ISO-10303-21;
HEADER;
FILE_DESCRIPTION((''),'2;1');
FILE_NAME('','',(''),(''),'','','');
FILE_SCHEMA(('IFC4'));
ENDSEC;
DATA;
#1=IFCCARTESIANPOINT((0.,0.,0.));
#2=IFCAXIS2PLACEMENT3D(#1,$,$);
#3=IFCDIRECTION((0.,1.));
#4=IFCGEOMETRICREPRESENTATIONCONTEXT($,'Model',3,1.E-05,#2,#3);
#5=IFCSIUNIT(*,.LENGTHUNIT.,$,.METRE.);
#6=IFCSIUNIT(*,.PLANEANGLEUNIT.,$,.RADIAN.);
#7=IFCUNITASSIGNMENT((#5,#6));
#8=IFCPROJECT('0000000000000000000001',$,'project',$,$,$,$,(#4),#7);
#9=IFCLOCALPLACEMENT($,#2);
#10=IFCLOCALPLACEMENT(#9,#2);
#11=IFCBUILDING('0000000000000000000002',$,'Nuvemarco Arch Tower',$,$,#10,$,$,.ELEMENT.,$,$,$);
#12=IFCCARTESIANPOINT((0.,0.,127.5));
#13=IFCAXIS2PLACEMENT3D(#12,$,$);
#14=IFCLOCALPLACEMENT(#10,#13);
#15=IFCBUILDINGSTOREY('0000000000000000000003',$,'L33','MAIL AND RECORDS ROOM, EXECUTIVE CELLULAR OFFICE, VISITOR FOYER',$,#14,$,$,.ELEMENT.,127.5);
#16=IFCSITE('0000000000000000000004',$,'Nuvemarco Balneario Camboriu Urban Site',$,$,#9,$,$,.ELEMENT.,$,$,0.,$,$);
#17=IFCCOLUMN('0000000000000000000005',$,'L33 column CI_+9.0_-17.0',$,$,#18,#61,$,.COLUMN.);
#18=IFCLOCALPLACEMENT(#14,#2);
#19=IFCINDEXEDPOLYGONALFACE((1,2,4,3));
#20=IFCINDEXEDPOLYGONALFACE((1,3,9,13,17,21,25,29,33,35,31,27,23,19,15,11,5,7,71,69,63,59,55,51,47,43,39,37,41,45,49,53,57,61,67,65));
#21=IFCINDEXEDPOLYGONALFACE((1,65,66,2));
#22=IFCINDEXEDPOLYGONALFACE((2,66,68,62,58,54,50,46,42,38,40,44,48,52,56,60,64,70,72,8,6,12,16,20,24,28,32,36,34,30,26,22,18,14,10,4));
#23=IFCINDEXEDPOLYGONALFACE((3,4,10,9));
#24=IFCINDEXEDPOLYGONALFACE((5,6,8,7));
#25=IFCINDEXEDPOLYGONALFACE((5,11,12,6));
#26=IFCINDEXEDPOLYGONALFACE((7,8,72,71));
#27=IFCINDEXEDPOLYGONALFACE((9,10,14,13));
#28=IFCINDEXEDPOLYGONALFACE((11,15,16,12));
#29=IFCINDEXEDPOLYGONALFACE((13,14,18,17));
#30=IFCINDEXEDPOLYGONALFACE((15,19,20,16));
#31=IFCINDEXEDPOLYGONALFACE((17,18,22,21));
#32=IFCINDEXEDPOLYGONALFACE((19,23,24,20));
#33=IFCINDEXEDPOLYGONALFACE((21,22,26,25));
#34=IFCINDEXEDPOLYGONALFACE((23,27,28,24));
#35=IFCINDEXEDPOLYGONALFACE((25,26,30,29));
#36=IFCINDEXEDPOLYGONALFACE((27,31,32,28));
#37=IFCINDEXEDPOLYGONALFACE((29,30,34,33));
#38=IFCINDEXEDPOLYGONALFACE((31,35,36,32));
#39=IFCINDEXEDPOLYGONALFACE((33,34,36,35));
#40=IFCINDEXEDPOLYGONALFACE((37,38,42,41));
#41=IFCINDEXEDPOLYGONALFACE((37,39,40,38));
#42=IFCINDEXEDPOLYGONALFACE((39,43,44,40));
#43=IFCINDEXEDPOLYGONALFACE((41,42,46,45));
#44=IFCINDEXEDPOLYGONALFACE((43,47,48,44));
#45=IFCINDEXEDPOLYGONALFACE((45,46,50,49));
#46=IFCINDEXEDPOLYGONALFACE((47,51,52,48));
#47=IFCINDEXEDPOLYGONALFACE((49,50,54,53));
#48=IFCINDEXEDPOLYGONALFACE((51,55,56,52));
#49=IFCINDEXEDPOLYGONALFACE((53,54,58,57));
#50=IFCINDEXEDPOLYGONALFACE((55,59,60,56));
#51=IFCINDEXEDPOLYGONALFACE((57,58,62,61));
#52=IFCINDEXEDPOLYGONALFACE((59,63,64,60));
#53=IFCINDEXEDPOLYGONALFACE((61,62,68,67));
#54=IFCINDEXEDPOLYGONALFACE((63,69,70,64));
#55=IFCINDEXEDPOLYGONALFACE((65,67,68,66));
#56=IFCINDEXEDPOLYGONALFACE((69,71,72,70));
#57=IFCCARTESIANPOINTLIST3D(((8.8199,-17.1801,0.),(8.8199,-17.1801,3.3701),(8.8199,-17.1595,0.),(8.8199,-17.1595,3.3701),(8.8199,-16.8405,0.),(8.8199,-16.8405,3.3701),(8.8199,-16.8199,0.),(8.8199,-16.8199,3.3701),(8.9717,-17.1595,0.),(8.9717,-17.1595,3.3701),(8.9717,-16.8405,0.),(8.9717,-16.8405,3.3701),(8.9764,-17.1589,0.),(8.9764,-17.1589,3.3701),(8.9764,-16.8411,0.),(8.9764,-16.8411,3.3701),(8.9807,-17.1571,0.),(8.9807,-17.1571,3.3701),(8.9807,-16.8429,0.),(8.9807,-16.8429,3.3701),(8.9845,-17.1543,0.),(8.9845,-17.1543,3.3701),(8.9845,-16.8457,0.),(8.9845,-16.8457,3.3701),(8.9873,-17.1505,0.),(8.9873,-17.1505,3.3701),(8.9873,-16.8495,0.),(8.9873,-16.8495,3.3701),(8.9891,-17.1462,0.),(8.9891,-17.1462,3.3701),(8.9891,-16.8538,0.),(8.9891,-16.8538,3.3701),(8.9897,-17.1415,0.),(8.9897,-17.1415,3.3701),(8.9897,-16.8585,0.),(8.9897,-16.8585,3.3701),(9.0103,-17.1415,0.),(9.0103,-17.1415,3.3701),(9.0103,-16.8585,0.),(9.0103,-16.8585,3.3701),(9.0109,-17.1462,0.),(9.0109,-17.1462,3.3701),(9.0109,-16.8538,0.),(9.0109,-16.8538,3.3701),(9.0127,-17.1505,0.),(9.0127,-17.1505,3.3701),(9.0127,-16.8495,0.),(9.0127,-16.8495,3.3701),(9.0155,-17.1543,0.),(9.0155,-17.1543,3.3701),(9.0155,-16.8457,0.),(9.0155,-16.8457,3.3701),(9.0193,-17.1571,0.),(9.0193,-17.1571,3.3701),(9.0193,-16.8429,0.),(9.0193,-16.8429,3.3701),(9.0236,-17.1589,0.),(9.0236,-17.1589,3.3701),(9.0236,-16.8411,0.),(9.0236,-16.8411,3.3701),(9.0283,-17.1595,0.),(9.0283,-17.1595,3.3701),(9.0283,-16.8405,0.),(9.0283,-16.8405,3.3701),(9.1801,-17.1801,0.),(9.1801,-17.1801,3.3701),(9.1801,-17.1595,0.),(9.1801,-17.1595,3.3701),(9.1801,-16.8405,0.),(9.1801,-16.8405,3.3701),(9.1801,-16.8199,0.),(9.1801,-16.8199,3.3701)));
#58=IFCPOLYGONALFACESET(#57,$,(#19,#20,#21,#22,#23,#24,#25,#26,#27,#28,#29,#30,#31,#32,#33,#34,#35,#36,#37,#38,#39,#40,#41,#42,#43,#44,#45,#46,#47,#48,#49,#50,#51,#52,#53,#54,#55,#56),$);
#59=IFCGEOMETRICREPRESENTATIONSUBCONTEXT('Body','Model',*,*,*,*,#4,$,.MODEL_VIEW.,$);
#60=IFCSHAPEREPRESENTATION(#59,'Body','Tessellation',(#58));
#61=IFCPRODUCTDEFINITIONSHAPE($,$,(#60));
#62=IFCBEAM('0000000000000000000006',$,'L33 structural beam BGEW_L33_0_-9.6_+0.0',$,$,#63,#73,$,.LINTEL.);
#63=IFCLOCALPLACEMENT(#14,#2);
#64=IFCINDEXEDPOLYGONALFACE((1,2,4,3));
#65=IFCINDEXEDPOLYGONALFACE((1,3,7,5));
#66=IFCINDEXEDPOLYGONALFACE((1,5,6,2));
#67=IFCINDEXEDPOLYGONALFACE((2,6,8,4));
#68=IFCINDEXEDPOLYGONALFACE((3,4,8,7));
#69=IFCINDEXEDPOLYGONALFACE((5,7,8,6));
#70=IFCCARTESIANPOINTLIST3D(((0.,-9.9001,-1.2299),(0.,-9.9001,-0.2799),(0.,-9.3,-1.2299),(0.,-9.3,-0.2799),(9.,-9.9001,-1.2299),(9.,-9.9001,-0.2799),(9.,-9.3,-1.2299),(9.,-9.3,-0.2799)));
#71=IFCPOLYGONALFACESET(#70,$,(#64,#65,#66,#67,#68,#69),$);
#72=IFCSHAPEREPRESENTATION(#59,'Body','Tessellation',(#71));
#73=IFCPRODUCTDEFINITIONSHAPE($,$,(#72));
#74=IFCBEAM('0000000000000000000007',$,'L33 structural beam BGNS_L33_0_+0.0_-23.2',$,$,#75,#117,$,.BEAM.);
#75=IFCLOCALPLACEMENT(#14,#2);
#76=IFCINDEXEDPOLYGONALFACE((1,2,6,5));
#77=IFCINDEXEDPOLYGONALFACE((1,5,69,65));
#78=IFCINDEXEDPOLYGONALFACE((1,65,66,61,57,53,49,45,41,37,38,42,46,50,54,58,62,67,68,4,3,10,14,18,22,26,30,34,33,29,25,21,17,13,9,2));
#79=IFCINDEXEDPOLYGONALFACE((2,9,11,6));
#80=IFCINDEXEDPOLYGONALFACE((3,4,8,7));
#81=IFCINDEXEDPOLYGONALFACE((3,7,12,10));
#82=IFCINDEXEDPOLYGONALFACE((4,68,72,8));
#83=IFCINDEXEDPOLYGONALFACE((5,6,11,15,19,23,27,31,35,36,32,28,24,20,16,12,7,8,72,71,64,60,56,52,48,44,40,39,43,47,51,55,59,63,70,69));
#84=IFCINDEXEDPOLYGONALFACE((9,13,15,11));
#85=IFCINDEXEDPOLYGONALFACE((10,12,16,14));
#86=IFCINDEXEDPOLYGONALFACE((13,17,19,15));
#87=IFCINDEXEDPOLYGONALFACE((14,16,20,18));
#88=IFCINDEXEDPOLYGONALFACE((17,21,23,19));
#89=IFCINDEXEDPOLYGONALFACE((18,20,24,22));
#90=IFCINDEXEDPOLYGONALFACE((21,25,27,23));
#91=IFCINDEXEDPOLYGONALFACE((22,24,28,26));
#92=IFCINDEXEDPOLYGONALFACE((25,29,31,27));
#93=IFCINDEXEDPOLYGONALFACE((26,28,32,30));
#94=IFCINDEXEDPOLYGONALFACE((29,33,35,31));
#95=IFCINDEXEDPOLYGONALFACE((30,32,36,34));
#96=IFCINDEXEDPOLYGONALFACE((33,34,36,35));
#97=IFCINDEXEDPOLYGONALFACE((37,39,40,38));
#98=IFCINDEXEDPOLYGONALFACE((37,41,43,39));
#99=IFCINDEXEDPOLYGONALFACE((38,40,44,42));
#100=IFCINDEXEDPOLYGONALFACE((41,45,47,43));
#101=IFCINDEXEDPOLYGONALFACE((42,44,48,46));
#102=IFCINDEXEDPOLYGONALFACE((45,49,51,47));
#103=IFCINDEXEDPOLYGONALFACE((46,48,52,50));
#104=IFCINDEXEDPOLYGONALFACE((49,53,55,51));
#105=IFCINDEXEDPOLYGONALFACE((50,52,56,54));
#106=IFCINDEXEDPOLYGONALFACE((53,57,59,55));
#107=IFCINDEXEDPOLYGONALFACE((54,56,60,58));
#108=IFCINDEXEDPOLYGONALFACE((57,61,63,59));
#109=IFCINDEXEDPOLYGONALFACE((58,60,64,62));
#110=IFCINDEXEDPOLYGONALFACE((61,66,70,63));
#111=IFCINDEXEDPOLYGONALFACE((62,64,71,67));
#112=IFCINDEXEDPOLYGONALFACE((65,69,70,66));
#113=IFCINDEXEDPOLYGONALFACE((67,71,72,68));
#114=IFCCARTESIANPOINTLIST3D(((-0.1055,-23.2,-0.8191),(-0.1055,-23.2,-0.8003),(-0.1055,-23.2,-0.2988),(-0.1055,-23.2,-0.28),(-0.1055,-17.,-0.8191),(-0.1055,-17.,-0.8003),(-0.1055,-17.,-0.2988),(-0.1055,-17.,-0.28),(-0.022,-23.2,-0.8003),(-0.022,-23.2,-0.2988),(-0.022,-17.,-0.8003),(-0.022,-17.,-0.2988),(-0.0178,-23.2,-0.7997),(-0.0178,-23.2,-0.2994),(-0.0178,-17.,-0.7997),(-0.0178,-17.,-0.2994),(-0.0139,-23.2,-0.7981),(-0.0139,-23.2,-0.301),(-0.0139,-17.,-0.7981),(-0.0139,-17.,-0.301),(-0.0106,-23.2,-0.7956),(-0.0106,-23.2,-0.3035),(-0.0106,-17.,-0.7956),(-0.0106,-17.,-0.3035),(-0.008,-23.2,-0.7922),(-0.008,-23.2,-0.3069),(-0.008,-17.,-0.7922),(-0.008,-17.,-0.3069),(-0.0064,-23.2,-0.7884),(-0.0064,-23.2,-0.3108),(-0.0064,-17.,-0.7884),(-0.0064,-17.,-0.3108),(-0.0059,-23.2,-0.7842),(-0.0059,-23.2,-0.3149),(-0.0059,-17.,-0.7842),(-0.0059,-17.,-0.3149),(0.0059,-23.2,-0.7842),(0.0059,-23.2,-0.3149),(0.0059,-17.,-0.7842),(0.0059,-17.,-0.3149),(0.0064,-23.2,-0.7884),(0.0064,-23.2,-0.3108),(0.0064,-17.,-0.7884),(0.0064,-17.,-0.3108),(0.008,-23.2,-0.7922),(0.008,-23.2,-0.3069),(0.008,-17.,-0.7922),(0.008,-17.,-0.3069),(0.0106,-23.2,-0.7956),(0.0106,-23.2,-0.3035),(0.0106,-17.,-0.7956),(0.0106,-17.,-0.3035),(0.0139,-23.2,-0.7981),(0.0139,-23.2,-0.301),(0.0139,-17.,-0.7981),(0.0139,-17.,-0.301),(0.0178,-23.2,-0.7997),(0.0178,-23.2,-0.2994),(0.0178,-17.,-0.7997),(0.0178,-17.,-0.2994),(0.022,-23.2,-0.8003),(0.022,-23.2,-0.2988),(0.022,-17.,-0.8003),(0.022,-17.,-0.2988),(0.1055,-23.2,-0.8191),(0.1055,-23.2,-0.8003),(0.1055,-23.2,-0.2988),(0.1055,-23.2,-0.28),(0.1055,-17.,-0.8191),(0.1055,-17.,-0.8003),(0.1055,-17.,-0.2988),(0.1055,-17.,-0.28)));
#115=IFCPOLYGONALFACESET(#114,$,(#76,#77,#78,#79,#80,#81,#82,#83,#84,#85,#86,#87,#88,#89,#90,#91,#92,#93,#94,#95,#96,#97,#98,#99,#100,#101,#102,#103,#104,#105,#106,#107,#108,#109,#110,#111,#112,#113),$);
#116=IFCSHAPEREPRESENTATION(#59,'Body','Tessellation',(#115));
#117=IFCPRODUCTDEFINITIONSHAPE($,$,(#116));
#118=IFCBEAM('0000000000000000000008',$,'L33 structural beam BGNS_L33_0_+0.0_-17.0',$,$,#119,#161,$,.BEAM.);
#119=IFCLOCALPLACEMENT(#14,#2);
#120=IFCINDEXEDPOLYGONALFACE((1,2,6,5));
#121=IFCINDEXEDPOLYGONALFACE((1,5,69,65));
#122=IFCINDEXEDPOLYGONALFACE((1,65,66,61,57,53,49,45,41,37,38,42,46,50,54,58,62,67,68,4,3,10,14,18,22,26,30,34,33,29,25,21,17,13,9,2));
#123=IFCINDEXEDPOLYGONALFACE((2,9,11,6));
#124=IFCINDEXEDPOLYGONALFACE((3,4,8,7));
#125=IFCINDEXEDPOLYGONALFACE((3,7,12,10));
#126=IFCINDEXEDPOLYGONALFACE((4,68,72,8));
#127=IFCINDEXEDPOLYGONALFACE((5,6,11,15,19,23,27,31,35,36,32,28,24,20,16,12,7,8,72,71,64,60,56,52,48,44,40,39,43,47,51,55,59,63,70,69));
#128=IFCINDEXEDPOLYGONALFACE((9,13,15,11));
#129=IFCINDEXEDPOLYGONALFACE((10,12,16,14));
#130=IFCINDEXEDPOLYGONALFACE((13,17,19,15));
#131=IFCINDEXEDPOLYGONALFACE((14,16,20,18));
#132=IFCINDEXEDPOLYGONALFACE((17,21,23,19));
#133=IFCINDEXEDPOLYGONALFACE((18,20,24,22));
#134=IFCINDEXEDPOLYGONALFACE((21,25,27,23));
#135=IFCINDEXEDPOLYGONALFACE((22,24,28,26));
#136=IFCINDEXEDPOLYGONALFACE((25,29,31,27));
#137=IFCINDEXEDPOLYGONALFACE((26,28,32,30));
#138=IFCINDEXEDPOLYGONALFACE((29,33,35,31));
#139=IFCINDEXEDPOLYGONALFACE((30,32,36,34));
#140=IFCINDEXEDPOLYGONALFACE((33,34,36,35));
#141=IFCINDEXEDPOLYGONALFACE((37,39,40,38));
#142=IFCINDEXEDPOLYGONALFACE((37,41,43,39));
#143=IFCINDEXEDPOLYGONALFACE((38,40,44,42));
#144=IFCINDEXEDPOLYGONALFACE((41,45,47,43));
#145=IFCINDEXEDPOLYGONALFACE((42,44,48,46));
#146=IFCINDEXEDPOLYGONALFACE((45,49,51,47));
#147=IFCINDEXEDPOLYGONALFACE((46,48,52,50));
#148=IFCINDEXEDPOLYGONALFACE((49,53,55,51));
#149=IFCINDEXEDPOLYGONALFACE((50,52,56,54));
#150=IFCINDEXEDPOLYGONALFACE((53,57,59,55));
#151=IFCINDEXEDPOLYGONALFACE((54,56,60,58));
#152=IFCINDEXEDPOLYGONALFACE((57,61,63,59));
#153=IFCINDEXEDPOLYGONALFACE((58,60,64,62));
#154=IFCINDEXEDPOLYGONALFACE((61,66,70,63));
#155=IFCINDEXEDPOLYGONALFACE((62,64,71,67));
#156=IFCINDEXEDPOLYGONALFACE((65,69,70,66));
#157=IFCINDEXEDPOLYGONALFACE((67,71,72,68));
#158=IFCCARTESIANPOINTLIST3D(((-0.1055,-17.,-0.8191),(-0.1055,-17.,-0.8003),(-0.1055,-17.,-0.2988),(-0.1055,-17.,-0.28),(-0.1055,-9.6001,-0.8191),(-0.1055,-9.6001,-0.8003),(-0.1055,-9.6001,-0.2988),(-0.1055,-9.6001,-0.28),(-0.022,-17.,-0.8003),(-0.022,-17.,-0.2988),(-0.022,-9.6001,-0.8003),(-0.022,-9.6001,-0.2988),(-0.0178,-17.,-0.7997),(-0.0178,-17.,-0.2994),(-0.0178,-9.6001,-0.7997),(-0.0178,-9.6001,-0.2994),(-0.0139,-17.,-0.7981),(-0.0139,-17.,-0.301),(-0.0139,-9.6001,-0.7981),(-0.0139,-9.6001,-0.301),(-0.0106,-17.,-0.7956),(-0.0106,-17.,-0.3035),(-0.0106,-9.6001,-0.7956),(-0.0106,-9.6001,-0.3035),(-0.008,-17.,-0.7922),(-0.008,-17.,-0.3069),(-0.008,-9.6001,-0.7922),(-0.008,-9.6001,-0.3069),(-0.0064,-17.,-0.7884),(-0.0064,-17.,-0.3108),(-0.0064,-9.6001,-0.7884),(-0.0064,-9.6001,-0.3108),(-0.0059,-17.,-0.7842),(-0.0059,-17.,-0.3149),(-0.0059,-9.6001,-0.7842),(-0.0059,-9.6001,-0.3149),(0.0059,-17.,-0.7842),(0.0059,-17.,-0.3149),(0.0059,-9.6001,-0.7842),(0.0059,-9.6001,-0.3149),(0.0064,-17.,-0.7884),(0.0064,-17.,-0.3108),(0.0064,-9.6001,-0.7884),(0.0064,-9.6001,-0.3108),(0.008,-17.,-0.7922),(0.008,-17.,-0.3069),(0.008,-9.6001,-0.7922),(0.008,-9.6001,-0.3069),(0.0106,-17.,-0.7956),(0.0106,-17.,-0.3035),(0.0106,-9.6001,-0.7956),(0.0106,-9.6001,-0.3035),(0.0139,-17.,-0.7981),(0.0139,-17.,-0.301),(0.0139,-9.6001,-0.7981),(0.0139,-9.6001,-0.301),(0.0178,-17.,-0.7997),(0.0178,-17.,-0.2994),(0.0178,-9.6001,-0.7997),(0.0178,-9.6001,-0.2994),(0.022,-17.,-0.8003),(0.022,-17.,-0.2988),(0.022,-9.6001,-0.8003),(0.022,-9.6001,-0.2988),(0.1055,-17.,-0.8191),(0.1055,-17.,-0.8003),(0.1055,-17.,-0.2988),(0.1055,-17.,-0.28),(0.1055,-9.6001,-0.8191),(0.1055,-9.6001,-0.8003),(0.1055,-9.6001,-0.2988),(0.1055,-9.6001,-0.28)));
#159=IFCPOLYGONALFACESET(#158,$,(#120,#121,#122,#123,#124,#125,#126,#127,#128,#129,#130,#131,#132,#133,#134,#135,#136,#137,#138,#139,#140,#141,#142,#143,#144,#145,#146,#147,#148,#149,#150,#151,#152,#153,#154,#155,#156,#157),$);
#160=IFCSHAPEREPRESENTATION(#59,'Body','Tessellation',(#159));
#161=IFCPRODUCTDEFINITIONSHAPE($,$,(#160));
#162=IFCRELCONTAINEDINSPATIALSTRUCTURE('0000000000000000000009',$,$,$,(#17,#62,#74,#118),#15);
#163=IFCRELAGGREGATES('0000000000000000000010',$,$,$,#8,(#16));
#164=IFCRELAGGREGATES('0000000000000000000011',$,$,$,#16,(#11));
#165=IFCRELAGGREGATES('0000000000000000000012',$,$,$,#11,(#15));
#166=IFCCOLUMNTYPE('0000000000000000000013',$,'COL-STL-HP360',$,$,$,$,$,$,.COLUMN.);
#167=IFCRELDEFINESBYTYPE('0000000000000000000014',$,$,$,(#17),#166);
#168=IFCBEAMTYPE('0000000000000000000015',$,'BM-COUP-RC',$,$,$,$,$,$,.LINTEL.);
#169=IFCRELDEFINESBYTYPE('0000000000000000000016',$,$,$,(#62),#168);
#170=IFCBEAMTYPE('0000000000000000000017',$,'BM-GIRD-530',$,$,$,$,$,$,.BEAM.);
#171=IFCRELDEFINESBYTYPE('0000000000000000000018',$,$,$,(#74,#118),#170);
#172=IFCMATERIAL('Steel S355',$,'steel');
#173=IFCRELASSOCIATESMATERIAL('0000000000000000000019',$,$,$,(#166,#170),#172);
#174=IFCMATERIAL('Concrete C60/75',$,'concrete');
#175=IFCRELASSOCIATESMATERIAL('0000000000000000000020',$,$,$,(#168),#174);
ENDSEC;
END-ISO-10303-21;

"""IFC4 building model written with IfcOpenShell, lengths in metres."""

from ifc_helpers import new_model, si_unit, direction, frame, origin, origin_2d, place, context, subcontext, project, spatial, rectangle, i_section, extrude, material, material_profile, profile_set, type_object, element, save


model = new_model("IFC4")

# Units and contexts
model_context = context("Model", 3, precision=1e-05, world=origin(), true_north=direction((0.0, 1.0)))
body_context = subcontext(model_context, "Body", "Model", "MODEL_VIEW")
ifc_project = project(units=[si_unit("LENGTHUNIT", "METRE"), si_unit("PLANEANGLEUNIT", "RADIAN")], contexts=[model_context])

# Site, building, storey
site_placement = place(None, origin())
site = spatial("IfcSite", under=ifc_project, at=site_placement, Name="Nuvemarco Balneario Camboriu Urban Site", CompositionType="ELEMENT", RefElevation=0.0)
building_placement = place(site_placement, origin())
building = spatial("IfcBuilding", under=site, at=building_placement, Name="Nuvemarco Arch Tower", CompositionType="ELEMENT")
storey_placement = place(building_placement, frame((0.0, 0.0, 127.5)))
storey = spatial("IfcBuildingStorey", under=building, at=storey_placement, Name="L33", Description="MAIL AND RECORDS ROOM, EXECUTIVE CELLULAR OFFICE, VISITOR FOYER", CompositionType="ELEMENT", Elevation=127.5)

# Column
ifc_material_1 = material(Name="Steel S355", Category="steel")
ifc_material_profile_1 = material_profile(ifc_material_1, i_section(OverallWidth=0.3601, OverallDepth=0.3601, WebThickness=0.0205, FlangeThickness=0.0205, FilletRadius=0.0181, at=origin_2d()), Name="HP360x174")
ifc_profile_set_1 = profile_set([ifc_material_profile_1], Name="Steel S355")
column_type_1 = type_object("IfcColumnType", Name="COL-STL-HP360", PredefinedType="COLUMN", material=ifc_profile_set_1)
for number, where, z_axis, x_axis, name in (
    (1, (9.0, -17.0, 0.0), (0.0, 0.0, 1.0), (1.0, 0.0, 0.0), "L33 column CI_+9.0_-17.0"),
):
    element("IfcColumn", number, at=place(storey_placement, frame(where, z_axis=z_axis, x_axis=x_axis)), inside=storey, type_object=column_type_1, Name=name, PredefinedType="COLUMN", context=body_context, shape_type="SweptSolid", body=[
        extrude(i_section(OverallWidth=0.3601, OverallDepth=0.3601, WebThickness=0.0205, FlangeThickness=0.0205, FilletRadius=0.0181, at=origin_2d()), origin(), (0.0, 0.0, 1.0), 3.3701),
    ])

# Beams
ifc_material_2 = material(Name="Concrete C60/75", Category="concrete")
ifc_material_profile_2 = material_profile(ifc_material_2, rectangle(XDim=0.6001, YDim=0.95, at=origin_2d()), Name="RC-BM-600x950")
ifc_profile_set_2 = profile_set([ifc_material_profile_2], Name="Concrete C60/75")
beam_type_1 = type_object("IfcBeamType", Name="BM-COUP-RC", PredefinedType="LINTEL", material=ifc_profile_set_2)
beam_1_placement = place(storey_placement, frame((0.0, -9.6001, -0.7549), z_axis=(1.0, 0.0, 0.0), x_axis=(0.0, 1.0, 0.0)))
element("IfcBeam", 2, at=beam_1_placement, inside=storey, type_object=beam_type_1, Name="L33 structural beam BGEW_L33_0_-9.6_+0.0", PredefinedType="LINTEL", context=body_context, shape_type="SweptSolid", body=[
    extrude(rectangle(XDim=0.6001, YDim=0.95, at=origin_2d()), origin(), (0.0, 0.0, 1.0), 9.0),
])
ifc_material_profile_3 = material_profile(ifc_material_1, i_section(OverallWidth=0.2109, OverallDepth=0.5391, WebThickness=0.0117, FlangeThickness=0.0188, FilletRadius=0.0161, at=origin_2d()), Name="W530x109")
ifc_profile_set_3 = profile_set([ifc_material_profile_3], Name="Steel S355")
beam_type_2 = type_object("IfcBeamType", Name="BM-GIRD-530", PredefinedType="BEAM", material=ifc_profile_set_3)
beam_2_placement = place(storey_placement, frame((0.0, -23.2, -0.5496), z_axis=(0.0, 1.0, 0.0), x_axis=(-1.0, 0.0, 0.0)))
element("IfcBeam", 3, at=beam_2_placement, inside=storey, type_object=beam_type_2, Name="L33 structural beam BGNS_L33_0_+0.0_-23.2", PredefinedType="BEAM", context=body_context, shape_type="SweptSolid", body=[
    extrude(i_section(OverallWidth=0.2109, OverallDepth=0.5391, WebThickness=0.0117, FlangeThickness=0.0188, FilletRadius=0.0161, at=origin_2d()), origin(), (0.0, 0.0, 1.0), 6.2),
])
beam_3_placement = place(storey_placement, frame((0.0, -17.0, -0.5496), z_axis=(0.0, 1.0, 0.0), x_axis=(-1.0, 0.0, 0.0)))
element("IfcBeam", 4, at=beam_3_placement, inside=storey, type_object=beam_type_2, Name="L33 structural beam BGNS_L33_0_+0.0_-17.0", PredefinedType="BEAM", context=body_context, shape_type="SweptSolid", body=[
    extrude(i_section(OverallWidth=0.2109, OverallDepth=0.5391, WebThickness=0.0117, FlangeThickness=0.0188, FilletRadius=0.0161, at=origin_2d()), origin(), (0.0, 0.0, 1.0), 7.3999),
])

save(model, "model.ifc")
